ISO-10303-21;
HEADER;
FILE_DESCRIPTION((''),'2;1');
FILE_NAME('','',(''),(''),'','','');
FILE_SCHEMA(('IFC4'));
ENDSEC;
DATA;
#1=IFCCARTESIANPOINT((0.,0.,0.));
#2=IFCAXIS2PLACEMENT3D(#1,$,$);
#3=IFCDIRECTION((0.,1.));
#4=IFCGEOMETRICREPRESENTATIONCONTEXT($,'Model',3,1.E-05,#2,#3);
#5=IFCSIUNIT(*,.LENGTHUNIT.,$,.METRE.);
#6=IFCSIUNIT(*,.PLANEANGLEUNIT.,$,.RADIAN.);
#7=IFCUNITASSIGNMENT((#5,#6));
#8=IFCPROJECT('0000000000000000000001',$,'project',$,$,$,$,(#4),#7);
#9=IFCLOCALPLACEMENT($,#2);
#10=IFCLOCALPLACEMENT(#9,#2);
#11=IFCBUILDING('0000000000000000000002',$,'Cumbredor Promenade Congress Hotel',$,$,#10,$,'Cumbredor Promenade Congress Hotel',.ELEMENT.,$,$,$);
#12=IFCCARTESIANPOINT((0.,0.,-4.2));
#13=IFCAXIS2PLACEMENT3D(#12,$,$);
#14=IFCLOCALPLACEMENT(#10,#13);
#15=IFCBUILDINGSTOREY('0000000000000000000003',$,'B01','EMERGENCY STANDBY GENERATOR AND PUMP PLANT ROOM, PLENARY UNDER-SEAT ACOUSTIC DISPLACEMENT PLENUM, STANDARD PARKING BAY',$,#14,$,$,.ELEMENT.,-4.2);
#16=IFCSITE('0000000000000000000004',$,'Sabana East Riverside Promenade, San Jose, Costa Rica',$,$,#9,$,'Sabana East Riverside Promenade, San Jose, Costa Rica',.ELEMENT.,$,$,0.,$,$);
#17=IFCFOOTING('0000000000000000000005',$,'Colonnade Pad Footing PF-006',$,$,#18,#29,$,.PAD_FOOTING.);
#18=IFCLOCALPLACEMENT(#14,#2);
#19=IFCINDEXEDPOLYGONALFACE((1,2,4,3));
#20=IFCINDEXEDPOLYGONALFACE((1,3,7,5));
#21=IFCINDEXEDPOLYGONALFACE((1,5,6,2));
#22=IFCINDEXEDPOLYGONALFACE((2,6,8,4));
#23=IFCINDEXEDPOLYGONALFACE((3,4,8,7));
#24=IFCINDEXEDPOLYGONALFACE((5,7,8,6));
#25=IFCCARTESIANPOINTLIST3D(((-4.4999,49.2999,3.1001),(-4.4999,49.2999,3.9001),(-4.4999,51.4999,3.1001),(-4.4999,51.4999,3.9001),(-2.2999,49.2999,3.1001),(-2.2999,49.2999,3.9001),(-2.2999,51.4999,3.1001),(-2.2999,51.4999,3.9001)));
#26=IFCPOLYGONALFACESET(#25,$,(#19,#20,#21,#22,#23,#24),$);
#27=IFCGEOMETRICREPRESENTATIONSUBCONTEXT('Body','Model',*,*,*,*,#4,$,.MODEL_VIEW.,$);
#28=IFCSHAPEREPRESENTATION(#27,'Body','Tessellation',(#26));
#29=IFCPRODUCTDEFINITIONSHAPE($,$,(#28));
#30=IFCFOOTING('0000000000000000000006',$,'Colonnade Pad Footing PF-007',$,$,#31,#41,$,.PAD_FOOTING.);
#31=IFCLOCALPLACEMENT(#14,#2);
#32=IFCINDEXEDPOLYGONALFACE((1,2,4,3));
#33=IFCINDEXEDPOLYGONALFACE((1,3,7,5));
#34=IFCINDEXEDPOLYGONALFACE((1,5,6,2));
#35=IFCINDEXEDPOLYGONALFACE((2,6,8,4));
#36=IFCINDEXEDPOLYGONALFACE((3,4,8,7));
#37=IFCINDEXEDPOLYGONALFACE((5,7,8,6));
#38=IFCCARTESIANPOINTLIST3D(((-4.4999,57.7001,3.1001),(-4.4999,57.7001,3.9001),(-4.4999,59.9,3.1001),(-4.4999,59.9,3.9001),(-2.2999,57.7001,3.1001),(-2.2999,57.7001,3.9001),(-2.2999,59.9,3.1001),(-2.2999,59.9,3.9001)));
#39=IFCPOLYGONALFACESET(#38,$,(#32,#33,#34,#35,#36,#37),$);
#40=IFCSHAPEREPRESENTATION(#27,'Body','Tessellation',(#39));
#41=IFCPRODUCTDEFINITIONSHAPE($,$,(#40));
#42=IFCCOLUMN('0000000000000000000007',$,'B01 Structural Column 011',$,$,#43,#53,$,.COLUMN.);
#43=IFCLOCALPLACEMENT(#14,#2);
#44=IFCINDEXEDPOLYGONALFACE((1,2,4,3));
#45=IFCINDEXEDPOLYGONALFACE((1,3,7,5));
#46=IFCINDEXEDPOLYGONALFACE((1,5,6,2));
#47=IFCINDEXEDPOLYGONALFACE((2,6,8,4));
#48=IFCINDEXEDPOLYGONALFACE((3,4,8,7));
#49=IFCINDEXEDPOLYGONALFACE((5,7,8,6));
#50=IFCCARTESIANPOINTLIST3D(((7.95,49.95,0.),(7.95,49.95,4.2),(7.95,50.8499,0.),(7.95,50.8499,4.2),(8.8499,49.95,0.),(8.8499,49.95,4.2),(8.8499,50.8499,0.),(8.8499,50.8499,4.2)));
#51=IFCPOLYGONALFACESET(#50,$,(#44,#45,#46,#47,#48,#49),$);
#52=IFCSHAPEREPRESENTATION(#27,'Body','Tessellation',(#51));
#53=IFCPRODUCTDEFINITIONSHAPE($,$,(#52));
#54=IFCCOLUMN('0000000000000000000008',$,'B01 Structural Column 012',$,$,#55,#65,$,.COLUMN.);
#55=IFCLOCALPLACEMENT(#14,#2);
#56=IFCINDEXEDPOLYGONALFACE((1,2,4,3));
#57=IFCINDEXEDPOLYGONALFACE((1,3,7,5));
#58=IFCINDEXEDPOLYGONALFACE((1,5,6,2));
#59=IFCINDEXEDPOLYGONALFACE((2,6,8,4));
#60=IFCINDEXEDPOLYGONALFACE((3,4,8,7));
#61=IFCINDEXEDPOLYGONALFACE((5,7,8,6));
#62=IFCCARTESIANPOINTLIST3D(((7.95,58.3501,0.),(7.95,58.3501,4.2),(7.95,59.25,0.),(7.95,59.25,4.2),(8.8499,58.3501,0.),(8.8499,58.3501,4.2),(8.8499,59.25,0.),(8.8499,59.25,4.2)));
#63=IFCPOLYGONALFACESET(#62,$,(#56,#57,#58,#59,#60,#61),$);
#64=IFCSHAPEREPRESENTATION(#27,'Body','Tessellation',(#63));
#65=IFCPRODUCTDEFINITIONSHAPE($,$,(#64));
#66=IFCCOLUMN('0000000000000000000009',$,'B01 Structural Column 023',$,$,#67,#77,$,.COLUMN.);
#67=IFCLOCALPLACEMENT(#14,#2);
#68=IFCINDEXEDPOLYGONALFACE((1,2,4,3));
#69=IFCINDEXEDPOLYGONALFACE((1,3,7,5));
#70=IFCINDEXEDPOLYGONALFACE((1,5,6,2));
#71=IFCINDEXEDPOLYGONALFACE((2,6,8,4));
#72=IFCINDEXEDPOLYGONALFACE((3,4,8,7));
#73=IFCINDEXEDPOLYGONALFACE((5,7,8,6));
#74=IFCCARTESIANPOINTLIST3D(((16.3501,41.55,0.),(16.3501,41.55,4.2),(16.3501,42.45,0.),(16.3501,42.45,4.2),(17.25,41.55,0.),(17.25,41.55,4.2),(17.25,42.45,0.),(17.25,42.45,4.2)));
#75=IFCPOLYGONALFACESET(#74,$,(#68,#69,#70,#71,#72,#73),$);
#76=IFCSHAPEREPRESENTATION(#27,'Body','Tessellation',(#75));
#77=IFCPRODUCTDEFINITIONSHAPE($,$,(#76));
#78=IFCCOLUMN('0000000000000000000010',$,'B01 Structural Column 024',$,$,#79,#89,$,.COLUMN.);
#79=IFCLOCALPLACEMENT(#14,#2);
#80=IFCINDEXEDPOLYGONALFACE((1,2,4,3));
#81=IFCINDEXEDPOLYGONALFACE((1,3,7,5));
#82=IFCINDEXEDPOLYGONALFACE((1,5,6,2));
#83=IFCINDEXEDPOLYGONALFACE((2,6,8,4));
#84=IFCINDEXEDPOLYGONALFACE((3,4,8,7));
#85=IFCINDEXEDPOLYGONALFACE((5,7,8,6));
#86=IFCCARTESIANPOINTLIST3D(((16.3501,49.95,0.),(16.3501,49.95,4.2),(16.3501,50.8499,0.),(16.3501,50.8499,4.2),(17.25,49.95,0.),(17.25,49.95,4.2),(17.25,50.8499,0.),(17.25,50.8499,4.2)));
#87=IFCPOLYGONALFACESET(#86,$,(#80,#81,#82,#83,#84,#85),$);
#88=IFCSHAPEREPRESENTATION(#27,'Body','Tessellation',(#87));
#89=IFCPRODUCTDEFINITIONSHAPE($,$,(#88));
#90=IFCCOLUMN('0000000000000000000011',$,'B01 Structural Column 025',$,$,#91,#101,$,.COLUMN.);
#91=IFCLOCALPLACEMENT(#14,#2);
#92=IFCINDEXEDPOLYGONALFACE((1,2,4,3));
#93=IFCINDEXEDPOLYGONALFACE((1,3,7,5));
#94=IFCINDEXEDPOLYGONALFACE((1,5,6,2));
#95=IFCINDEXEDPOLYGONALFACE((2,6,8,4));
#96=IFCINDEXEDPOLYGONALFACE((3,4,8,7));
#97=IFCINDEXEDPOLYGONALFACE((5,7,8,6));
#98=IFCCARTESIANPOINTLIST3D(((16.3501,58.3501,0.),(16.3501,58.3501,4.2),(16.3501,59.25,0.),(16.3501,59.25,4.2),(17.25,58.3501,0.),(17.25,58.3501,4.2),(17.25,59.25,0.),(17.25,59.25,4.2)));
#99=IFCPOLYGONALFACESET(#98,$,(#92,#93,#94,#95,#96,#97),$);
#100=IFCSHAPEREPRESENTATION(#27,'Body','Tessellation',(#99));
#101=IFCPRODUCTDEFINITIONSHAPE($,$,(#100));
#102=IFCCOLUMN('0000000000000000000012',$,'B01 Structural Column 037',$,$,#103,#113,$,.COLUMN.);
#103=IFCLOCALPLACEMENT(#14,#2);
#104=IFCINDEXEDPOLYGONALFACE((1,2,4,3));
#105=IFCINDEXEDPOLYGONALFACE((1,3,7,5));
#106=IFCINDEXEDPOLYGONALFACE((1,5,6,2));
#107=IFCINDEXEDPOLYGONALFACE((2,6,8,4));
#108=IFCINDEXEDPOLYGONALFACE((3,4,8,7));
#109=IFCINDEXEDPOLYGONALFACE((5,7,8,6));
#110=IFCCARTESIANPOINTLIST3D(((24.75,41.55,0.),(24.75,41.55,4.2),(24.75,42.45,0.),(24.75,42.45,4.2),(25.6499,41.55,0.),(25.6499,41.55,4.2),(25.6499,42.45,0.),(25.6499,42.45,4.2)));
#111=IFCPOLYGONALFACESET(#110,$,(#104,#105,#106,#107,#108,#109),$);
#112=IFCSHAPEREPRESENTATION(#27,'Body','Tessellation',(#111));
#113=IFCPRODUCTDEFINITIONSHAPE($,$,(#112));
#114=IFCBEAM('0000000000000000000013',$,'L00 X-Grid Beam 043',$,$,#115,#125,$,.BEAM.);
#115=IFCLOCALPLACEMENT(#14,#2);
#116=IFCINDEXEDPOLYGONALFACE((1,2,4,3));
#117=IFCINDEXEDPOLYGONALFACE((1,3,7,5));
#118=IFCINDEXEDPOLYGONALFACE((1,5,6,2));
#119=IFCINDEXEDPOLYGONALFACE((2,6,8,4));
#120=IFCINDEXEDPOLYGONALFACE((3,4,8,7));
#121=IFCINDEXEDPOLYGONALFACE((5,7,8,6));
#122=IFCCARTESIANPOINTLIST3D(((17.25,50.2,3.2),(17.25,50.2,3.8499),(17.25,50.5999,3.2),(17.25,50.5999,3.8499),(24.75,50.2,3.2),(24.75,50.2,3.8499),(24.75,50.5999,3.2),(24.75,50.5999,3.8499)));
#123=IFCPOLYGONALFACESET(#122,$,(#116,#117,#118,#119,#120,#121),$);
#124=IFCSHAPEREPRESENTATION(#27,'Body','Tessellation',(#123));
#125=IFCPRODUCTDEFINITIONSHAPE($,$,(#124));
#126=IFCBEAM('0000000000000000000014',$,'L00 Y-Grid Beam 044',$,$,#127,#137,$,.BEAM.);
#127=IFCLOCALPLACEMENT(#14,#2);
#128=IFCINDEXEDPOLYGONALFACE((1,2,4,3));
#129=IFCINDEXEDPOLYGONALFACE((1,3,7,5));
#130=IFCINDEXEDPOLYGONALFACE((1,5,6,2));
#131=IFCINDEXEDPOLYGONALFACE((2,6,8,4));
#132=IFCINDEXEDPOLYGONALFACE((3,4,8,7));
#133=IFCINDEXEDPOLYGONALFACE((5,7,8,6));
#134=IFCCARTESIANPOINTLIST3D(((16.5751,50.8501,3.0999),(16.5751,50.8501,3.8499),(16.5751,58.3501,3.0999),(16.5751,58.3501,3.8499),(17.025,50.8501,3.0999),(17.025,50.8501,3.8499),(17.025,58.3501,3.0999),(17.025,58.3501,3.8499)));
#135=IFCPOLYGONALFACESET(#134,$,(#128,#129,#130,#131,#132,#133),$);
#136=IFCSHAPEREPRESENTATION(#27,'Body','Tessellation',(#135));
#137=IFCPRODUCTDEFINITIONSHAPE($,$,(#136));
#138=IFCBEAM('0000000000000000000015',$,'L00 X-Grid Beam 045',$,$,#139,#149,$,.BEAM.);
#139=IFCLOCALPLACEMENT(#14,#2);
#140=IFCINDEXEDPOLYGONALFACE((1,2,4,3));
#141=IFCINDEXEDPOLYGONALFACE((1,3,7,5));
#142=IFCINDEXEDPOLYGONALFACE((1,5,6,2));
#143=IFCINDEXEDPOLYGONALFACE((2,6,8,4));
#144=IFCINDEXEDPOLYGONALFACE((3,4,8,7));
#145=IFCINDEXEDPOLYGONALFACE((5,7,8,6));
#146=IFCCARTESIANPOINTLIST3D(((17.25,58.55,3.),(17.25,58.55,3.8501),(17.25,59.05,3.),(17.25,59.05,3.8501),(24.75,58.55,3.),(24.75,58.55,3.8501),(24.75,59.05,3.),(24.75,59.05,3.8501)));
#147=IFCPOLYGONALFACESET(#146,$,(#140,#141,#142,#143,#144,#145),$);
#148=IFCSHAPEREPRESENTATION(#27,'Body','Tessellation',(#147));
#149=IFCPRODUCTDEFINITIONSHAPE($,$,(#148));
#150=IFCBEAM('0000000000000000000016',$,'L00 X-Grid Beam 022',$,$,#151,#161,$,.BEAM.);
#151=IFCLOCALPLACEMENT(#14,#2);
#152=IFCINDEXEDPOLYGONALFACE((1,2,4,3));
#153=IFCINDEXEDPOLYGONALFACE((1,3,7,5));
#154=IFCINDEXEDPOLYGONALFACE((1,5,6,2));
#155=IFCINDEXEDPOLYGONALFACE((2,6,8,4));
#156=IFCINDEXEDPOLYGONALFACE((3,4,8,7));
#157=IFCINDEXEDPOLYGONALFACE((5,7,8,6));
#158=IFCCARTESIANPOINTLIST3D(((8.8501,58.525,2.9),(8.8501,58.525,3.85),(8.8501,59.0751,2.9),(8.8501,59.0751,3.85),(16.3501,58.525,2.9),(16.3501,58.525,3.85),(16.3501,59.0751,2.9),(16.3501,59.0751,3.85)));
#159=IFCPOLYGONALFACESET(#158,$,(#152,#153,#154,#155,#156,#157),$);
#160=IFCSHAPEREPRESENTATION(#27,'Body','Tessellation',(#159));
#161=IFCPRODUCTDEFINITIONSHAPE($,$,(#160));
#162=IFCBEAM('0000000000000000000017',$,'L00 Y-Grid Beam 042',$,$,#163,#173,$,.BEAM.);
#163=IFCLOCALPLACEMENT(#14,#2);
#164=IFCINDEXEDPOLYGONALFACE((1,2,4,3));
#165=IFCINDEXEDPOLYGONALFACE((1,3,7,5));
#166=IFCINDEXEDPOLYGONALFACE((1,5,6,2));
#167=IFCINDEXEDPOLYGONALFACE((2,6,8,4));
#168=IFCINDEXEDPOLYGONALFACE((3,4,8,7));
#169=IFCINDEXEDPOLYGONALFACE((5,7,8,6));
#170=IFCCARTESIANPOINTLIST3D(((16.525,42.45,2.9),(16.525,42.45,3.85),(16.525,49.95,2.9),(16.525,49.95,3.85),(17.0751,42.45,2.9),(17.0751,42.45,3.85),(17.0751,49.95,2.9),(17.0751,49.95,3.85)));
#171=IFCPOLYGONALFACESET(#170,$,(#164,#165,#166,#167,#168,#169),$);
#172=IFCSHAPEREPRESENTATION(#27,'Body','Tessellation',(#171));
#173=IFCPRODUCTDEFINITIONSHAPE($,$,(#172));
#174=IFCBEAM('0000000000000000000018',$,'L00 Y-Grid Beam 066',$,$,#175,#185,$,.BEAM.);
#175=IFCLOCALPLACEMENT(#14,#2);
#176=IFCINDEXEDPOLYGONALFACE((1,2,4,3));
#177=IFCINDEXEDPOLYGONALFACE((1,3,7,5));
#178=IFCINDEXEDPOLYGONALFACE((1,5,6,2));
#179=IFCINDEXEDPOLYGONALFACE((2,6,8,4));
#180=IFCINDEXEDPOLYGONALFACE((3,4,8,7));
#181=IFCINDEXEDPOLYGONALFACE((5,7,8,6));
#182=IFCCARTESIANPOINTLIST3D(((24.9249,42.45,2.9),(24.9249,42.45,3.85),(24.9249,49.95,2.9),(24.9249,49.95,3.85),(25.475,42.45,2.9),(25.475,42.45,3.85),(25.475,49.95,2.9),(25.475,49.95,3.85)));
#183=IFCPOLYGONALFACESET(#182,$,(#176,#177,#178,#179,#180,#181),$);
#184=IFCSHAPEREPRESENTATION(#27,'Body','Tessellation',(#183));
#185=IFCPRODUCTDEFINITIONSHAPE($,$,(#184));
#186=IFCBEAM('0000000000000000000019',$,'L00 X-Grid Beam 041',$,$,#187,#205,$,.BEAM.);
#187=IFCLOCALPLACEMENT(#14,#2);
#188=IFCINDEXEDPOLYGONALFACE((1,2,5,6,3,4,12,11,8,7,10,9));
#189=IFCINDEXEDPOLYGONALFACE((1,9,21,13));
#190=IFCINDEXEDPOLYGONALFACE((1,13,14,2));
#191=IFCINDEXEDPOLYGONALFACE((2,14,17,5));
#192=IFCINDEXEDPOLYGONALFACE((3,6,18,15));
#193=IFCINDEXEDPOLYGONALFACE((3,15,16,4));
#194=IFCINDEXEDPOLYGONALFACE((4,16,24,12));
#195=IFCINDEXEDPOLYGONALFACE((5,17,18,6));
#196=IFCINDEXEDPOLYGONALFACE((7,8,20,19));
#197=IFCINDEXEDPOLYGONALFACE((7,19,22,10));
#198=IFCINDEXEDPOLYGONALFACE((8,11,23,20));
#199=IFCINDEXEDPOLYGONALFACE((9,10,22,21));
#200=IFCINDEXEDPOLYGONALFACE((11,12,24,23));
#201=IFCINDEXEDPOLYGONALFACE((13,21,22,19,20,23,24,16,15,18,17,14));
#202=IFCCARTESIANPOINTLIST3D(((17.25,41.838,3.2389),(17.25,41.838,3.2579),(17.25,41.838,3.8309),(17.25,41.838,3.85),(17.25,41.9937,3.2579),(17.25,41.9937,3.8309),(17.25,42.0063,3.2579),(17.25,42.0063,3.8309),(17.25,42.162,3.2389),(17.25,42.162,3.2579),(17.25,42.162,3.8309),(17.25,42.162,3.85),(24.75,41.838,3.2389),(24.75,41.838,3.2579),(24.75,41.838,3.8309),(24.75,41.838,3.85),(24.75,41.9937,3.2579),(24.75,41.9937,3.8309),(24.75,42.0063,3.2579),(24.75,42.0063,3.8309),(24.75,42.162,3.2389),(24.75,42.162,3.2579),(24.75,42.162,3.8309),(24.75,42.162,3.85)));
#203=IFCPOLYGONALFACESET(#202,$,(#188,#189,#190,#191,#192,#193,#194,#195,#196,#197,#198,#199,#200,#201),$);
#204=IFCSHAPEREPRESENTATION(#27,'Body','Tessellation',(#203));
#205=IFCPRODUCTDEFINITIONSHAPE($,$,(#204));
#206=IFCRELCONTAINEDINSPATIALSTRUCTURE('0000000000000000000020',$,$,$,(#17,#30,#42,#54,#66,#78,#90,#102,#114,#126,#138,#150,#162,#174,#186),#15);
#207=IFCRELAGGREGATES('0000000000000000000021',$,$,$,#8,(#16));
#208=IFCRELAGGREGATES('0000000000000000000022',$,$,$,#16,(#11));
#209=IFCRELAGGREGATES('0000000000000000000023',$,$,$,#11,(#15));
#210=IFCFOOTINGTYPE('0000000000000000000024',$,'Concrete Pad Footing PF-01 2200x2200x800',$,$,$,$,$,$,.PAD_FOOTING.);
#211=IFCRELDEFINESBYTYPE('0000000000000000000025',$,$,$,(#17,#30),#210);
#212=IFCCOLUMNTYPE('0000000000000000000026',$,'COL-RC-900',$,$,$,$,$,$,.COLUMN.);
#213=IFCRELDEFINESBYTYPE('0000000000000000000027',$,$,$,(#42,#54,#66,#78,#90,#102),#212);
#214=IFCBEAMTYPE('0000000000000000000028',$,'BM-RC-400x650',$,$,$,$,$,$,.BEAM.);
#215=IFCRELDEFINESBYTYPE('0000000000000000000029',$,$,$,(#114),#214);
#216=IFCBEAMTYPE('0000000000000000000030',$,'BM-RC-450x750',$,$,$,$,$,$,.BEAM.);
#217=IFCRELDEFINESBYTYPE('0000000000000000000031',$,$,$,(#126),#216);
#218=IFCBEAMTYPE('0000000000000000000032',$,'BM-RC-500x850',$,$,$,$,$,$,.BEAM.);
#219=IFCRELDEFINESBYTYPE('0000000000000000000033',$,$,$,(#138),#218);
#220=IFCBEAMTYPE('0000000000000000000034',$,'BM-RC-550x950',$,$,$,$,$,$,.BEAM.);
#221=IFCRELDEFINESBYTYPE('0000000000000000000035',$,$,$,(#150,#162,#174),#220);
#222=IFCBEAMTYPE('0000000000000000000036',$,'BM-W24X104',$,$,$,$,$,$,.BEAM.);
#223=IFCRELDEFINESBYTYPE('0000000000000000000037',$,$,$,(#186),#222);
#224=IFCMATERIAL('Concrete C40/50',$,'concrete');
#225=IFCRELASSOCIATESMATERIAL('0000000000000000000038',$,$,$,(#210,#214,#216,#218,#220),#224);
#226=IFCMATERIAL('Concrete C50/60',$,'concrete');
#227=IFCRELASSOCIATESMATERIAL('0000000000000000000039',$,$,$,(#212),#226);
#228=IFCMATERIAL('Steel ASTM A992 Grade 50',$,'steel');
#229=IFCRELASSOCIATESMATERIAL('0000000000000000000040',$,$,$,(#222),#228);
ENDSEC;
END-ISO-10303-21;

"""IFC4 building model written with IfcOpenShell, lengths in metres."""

from ifc_helpers import new_model, si_unit, direction, frame, origin, origin_2d, place, context, subcontext, project, spatial, rectangle, i_section, extrude, material, material_profile, profile_set, type_object, element, save


model = new_model("IFC4")

# Units and contexts
model_context = context("Model", 3, precision=1e-05, world=origin(), true_north=direction((0.0, 1.0)))
body_context = subcontext(model_context, "Body", "Model", "MODEL_VIEW")
ifc_project = project(units=[si_unit("LENGTHUNIT", "METRE"), si_unit("PLANEANGLEUNIT", "RADIAN")], contexts=[model_context])

# Site, building, storey
site_placement = place(None, origin())
site = spatial("IfcSite", under=ifc_project, at=site_placement, Name="Sabana East Riverside Promenade, San Jose, Costa Rica", LongName="Sabana East Riverside Promenade, San Jose, Costa Rica", CompositionType="ELEMENT", RefElevation=0.0)
building_placement = place(site_placement, origin())
building = spatial("IfcBuilding", under=site, at=building_placement, Name="Cumbredor Promenade Congress Hotel", LongName="Cumbredor Promenade Congress Hotel", CompositionType="ELEMENT")
storey_placement = place(building_placement, frame((0.0, 0.0, -4.2)))
storey = spatial("IfcBuildingStorey", under=building, at=storey_placement, Name="B01", Description="EMERGENCY STANDBY GENERATOR AND PUMP PLANT ROOM, PLENARY UNDER-SEAT ACOUSTIC DISPLACEMENT PLENUM, STANDARD PARKING BAY", CompositionType="ELEMENT", Elevation=-4.2)

# Footings
ifc_material_1 = material(Name="Concrete C40/50", Category="concrete")
footing_type = type_object("IfcFootingType", Name="Concrete Pad Footing PF-01 2200x2200x800", PredefinedType="PAD_FOOTING", material=ifc_material_1)
for number, where, z_axis, x_axis, name in (
    (1, (-3.3999, 50.3999, 3.1001), (0.0, 0.0, 1.0), (1.0, 0.0, 0.0), "Colonnade Pad Footing PF-006"),
    (2, (-3.3999, 58.8, 3.1001), (0.0, 0.0, 1.0), (1.0, 0.0, 0.0), "Colonnade Pad Footing PF-007"),
):
    element("IfcFooting", number, at=place(storey_placement, frame(where, z_axis=z_axis, x_axis=x_axis)), inside=storey, type_object=footing_type, Name=name, PredefinedType="PAD_FOOTING", context=body_context, shape_type="SweptSolid", body=[
        extrude(rectangle(XDim=2.2, YDim=2.2, at=origin_2d()), origin(), (0.0, 0.0, 1.0), 0.8),
    ])

# Columns
ifc_material_2 = material(Name="Concrete C50/60", Category="concrete")
ifc_material_profile_1 = material_profile(ifc_material_2, rectangle(XDim=0.8999, YDim=0.8999, at=origin_2d()), Name="RC 900x900")
ifc_profile_set_1 = profile_set([ifc_material_profile_1], Name="Concrete C50/60")
column_type = type_object("IfcColumnType", Name="COL-RC-900", PredefinedType="COLUMN", material=ifc_profile_set_1)
for number, where, z_axis, x_axis, name in (
    (3, (8.3999, 50.3999, 0.0), (0.0, 0.0, 1.0), (1.0, 0.0, 0.0), "B01 Structural Column 011"),
    (4, (8.3999, 58.8, 0.0), (0.0, 0.0, 1.0), (1.0, 0.0, 0.0), "B01 Structural Column 012"),
    (5, (16.8, 42.0, 0.0), (0.0, 0.0, 1.0), (1.0, 0.0, 0.0), "B01 Structural Column 023"),
    (6, (16.8, 50.3999, 0.0), (0.0, 0.0, 1.0), (1.0, 0.0, 0.0), "B01 Structural Column 024"),
    (7, (16.8, 58.8, 0.0), (0.0, 0.0, 1.0), (1.0, 0.0, 0.0), "B01 Structural Column 025"),
    (8, (25.2, 42.0, 0.0), (0.0, 0.0, 1.0), (1.0, 0.0, 0.0), "B01 Structural Column 037"),
):
    element("IfcColumn", number, at=place(storey_placement, frame(where, z_axis=z_axis, x_axis=x_axis)), inside=storey, type_object=column_type, Name=name, PredefinedType="COLUMN", context=body_context, shape_type="SweptSolid", body=[
        extrude(rectangle(XDim=0.8999, YDim=0.8999, at=origin_2d()), origin(), (0.0, 0.0, 1.0), 4.2),
    ])

# Beams
ifc_material_profile_2 = material_profile(ifc_material_1, rectangle(XDim=0.3999, YDim=0.6499, at=origin_2d()), Name="RC BEAM 400x650")
ifc_profile_set_2 = profile_set([ifc_material_profile_2], Name="Concrete C40/50")
beam_type_1 = type_object("IfcBeamType", Name="BM-RC-400x650", PredefinedType="BEAM", material=ifc_profile_set_2)
beam_1_placement = place(storey_placement, frame((17.25, 50.3999, 3.5249), z_axis=(1.0, 0.0, 0.0), x_axis=(0.0, 1.0, 0.0)))
element("IfcBeam", 9, at=beam_1_placement, inside=storey, type_object=beam_type_1, Name="L00 X-Grid Beam 043", PredefinedType="BEAM", context=body_context, shape_type="SweptSolid", body=[
    extrude(rectangle(XDim=0.3999, YDim=0.6499, at=origin_2d()), origin(), (0.0, 0.0, 1.0), 7.5),
])
ifc_material_profile_3 = material_profile(ifc_material_1, rectangle(XDim=0.45, YDim=0.75, at=origin_2d()), Name="RC BEAM 450x750")
ifc_profile_set_3 = profile_set([ifc_material_profile_3], Name="Concrete C40/50")
beam_type_2 = type_object("IfcBeamType", Name="BM-RC-450x750", PredefinedType="BEAM", material=ifc_profile_set_3)
beam_2_placement = place(storey_placement, frame((16.8, 50.8501, 3.4749), z_axis=(0.0, 1.0, 0.0), x_axis=(-1.0, 0.0, 0.0)))
element("IfcBeam", 10, at=beam_2_placement, inside=storey, type_object=beam_type_2, Name="L00 Y-Grid Beam 044", PredefinedType="BEAM", context=body_context, shape_type="SweptSolid", body=[
    extrude(rectangle(XDim=0.45, YDim=0.75, at=origin_2d()), origin(), (0.0, 0.0, 1.0), 7.5),
])
ifc_material_profile_4 = material_profile(ifc_material_1, rectangle(XDim=0.5, YDim=0.8501, at=origin_2d()), Name="RC BEAM 500x850")
ifc_profile_set_4 = profile_set([ifc_material_profile_4], Name="Concrete C40/50")
beam_type_3 = type_object("IfcBeamType", Name="BM-RC-500x850", PredefinedType="BEAM", material=ifc_profile_set_4)
beam_3_placement = place(storey_placement, frame((17.25, 58.8, 3.425), z_axis=(1.0, 0.0, 0.0), x_axis=(0.0, 1.0, 0.0)))
element("IfcBeam", 11, at=beam_3_placement, inside=storey, type_object=beam_type_3, Name="L00 X-Grid Beam 045", PredefinedType="BEAM", context=body_context, shape_type="SweptSolid", body=[
    extrude(rectangle(XDim=0.5, YDim=0.8501, at=origin_2d()), origin(), (0.0, 0.0, 1.0), 7.5),
])
ifc_material_profile_5 = material_profile(ifc_material_1, rectangle(XDim=0.55, YDim=0.95, at=origin_2d()), Name="RC BEAM 550x950")
ifc_profile_set_5 = profile_set([ifc_material_profile_5], Name="Concrete C40/50")
beam_type_4 = type_object("IfcBeamType", Name="BM-RC-550x950", PredefinedType="BEAM", material=ifc_profile_set_5)
for number, where, z_axis, x_axis, name in (
    (12, (8.8501, 58.8, 3.375), (1.0, 0.0, 0.0), (0.0, 1.0, 0.0), "L00 X-Grid Beam 022"),
    (13, (16.8, 42.45, 3.375), (0.0, 1.0, 0.0), (-1.0, 0.0, 0.0), "L00 Y-Grid Beam 042"),
    (14, (25.2, 42.45, 3.375), (0.0, 1.0, 0.0), (-1.0, 0.0, 0.0), "L00 Y-Grid Beam 066"),
):
    element("IfcBeam", number, at=place(storey_placement, frame(where, z_axis=z_axis, x_axis=x_axis)), inside=storey, type_object=beam_type_4, Name=name, PredefinedType="BEAM", context=body_context, shape_type="SweptSolid", body=[
        extrude(rectangle(XDim=0.55, YDim=0.95, at=origin_2d()), origin(), (0.0, 0.0, 1.0), 7.5),
    ])
ifc_material_3 = material(Name="Steel ASTM A992 Grade 50", Category="steel")
ifc_material_profile_6 = material_profile(ifc_material_3, i_section(OverallWidth=0.324, OverallDepth=0.6111, WebThickness=0.0127, FlangeThickness=0.019, at=origin_2d()), Name="W24X104")
ifc_profile_set_6 = profile_set([ifc_material_profile_6], Name="Steel ASTM A992 Grade 50")
beam_type_5 = type_object("IfcBeamType", Name="BM-W24X104", PredefinedType="BEAM", material=ifc_profile_set_6)
beam_4_placement = place(storey_placement, frame((17.25, 42.0, 3.5444), z_axis=(1.0, 0.0, 0.0), x_axis=(0.0, 1.0, 0.0)))
element("IfcBeam", 15, at=beam_4_placement, inside=storey, type_object=beam_type_5, Name="L00 X-Grid Beam 041", PredefinedType="BEAM", context=body_context, shape_type="SweptSolid", body=[
    extrude(i_section(OverallWidth=0.324, OverallDepth=0.6111, WebThickness=0.0127, FlangeThickness=0.019, at=origin_2d()), origin(), (0.0, 0.0, 1.0), 7.5),
])

save(model, "model.ifc")
